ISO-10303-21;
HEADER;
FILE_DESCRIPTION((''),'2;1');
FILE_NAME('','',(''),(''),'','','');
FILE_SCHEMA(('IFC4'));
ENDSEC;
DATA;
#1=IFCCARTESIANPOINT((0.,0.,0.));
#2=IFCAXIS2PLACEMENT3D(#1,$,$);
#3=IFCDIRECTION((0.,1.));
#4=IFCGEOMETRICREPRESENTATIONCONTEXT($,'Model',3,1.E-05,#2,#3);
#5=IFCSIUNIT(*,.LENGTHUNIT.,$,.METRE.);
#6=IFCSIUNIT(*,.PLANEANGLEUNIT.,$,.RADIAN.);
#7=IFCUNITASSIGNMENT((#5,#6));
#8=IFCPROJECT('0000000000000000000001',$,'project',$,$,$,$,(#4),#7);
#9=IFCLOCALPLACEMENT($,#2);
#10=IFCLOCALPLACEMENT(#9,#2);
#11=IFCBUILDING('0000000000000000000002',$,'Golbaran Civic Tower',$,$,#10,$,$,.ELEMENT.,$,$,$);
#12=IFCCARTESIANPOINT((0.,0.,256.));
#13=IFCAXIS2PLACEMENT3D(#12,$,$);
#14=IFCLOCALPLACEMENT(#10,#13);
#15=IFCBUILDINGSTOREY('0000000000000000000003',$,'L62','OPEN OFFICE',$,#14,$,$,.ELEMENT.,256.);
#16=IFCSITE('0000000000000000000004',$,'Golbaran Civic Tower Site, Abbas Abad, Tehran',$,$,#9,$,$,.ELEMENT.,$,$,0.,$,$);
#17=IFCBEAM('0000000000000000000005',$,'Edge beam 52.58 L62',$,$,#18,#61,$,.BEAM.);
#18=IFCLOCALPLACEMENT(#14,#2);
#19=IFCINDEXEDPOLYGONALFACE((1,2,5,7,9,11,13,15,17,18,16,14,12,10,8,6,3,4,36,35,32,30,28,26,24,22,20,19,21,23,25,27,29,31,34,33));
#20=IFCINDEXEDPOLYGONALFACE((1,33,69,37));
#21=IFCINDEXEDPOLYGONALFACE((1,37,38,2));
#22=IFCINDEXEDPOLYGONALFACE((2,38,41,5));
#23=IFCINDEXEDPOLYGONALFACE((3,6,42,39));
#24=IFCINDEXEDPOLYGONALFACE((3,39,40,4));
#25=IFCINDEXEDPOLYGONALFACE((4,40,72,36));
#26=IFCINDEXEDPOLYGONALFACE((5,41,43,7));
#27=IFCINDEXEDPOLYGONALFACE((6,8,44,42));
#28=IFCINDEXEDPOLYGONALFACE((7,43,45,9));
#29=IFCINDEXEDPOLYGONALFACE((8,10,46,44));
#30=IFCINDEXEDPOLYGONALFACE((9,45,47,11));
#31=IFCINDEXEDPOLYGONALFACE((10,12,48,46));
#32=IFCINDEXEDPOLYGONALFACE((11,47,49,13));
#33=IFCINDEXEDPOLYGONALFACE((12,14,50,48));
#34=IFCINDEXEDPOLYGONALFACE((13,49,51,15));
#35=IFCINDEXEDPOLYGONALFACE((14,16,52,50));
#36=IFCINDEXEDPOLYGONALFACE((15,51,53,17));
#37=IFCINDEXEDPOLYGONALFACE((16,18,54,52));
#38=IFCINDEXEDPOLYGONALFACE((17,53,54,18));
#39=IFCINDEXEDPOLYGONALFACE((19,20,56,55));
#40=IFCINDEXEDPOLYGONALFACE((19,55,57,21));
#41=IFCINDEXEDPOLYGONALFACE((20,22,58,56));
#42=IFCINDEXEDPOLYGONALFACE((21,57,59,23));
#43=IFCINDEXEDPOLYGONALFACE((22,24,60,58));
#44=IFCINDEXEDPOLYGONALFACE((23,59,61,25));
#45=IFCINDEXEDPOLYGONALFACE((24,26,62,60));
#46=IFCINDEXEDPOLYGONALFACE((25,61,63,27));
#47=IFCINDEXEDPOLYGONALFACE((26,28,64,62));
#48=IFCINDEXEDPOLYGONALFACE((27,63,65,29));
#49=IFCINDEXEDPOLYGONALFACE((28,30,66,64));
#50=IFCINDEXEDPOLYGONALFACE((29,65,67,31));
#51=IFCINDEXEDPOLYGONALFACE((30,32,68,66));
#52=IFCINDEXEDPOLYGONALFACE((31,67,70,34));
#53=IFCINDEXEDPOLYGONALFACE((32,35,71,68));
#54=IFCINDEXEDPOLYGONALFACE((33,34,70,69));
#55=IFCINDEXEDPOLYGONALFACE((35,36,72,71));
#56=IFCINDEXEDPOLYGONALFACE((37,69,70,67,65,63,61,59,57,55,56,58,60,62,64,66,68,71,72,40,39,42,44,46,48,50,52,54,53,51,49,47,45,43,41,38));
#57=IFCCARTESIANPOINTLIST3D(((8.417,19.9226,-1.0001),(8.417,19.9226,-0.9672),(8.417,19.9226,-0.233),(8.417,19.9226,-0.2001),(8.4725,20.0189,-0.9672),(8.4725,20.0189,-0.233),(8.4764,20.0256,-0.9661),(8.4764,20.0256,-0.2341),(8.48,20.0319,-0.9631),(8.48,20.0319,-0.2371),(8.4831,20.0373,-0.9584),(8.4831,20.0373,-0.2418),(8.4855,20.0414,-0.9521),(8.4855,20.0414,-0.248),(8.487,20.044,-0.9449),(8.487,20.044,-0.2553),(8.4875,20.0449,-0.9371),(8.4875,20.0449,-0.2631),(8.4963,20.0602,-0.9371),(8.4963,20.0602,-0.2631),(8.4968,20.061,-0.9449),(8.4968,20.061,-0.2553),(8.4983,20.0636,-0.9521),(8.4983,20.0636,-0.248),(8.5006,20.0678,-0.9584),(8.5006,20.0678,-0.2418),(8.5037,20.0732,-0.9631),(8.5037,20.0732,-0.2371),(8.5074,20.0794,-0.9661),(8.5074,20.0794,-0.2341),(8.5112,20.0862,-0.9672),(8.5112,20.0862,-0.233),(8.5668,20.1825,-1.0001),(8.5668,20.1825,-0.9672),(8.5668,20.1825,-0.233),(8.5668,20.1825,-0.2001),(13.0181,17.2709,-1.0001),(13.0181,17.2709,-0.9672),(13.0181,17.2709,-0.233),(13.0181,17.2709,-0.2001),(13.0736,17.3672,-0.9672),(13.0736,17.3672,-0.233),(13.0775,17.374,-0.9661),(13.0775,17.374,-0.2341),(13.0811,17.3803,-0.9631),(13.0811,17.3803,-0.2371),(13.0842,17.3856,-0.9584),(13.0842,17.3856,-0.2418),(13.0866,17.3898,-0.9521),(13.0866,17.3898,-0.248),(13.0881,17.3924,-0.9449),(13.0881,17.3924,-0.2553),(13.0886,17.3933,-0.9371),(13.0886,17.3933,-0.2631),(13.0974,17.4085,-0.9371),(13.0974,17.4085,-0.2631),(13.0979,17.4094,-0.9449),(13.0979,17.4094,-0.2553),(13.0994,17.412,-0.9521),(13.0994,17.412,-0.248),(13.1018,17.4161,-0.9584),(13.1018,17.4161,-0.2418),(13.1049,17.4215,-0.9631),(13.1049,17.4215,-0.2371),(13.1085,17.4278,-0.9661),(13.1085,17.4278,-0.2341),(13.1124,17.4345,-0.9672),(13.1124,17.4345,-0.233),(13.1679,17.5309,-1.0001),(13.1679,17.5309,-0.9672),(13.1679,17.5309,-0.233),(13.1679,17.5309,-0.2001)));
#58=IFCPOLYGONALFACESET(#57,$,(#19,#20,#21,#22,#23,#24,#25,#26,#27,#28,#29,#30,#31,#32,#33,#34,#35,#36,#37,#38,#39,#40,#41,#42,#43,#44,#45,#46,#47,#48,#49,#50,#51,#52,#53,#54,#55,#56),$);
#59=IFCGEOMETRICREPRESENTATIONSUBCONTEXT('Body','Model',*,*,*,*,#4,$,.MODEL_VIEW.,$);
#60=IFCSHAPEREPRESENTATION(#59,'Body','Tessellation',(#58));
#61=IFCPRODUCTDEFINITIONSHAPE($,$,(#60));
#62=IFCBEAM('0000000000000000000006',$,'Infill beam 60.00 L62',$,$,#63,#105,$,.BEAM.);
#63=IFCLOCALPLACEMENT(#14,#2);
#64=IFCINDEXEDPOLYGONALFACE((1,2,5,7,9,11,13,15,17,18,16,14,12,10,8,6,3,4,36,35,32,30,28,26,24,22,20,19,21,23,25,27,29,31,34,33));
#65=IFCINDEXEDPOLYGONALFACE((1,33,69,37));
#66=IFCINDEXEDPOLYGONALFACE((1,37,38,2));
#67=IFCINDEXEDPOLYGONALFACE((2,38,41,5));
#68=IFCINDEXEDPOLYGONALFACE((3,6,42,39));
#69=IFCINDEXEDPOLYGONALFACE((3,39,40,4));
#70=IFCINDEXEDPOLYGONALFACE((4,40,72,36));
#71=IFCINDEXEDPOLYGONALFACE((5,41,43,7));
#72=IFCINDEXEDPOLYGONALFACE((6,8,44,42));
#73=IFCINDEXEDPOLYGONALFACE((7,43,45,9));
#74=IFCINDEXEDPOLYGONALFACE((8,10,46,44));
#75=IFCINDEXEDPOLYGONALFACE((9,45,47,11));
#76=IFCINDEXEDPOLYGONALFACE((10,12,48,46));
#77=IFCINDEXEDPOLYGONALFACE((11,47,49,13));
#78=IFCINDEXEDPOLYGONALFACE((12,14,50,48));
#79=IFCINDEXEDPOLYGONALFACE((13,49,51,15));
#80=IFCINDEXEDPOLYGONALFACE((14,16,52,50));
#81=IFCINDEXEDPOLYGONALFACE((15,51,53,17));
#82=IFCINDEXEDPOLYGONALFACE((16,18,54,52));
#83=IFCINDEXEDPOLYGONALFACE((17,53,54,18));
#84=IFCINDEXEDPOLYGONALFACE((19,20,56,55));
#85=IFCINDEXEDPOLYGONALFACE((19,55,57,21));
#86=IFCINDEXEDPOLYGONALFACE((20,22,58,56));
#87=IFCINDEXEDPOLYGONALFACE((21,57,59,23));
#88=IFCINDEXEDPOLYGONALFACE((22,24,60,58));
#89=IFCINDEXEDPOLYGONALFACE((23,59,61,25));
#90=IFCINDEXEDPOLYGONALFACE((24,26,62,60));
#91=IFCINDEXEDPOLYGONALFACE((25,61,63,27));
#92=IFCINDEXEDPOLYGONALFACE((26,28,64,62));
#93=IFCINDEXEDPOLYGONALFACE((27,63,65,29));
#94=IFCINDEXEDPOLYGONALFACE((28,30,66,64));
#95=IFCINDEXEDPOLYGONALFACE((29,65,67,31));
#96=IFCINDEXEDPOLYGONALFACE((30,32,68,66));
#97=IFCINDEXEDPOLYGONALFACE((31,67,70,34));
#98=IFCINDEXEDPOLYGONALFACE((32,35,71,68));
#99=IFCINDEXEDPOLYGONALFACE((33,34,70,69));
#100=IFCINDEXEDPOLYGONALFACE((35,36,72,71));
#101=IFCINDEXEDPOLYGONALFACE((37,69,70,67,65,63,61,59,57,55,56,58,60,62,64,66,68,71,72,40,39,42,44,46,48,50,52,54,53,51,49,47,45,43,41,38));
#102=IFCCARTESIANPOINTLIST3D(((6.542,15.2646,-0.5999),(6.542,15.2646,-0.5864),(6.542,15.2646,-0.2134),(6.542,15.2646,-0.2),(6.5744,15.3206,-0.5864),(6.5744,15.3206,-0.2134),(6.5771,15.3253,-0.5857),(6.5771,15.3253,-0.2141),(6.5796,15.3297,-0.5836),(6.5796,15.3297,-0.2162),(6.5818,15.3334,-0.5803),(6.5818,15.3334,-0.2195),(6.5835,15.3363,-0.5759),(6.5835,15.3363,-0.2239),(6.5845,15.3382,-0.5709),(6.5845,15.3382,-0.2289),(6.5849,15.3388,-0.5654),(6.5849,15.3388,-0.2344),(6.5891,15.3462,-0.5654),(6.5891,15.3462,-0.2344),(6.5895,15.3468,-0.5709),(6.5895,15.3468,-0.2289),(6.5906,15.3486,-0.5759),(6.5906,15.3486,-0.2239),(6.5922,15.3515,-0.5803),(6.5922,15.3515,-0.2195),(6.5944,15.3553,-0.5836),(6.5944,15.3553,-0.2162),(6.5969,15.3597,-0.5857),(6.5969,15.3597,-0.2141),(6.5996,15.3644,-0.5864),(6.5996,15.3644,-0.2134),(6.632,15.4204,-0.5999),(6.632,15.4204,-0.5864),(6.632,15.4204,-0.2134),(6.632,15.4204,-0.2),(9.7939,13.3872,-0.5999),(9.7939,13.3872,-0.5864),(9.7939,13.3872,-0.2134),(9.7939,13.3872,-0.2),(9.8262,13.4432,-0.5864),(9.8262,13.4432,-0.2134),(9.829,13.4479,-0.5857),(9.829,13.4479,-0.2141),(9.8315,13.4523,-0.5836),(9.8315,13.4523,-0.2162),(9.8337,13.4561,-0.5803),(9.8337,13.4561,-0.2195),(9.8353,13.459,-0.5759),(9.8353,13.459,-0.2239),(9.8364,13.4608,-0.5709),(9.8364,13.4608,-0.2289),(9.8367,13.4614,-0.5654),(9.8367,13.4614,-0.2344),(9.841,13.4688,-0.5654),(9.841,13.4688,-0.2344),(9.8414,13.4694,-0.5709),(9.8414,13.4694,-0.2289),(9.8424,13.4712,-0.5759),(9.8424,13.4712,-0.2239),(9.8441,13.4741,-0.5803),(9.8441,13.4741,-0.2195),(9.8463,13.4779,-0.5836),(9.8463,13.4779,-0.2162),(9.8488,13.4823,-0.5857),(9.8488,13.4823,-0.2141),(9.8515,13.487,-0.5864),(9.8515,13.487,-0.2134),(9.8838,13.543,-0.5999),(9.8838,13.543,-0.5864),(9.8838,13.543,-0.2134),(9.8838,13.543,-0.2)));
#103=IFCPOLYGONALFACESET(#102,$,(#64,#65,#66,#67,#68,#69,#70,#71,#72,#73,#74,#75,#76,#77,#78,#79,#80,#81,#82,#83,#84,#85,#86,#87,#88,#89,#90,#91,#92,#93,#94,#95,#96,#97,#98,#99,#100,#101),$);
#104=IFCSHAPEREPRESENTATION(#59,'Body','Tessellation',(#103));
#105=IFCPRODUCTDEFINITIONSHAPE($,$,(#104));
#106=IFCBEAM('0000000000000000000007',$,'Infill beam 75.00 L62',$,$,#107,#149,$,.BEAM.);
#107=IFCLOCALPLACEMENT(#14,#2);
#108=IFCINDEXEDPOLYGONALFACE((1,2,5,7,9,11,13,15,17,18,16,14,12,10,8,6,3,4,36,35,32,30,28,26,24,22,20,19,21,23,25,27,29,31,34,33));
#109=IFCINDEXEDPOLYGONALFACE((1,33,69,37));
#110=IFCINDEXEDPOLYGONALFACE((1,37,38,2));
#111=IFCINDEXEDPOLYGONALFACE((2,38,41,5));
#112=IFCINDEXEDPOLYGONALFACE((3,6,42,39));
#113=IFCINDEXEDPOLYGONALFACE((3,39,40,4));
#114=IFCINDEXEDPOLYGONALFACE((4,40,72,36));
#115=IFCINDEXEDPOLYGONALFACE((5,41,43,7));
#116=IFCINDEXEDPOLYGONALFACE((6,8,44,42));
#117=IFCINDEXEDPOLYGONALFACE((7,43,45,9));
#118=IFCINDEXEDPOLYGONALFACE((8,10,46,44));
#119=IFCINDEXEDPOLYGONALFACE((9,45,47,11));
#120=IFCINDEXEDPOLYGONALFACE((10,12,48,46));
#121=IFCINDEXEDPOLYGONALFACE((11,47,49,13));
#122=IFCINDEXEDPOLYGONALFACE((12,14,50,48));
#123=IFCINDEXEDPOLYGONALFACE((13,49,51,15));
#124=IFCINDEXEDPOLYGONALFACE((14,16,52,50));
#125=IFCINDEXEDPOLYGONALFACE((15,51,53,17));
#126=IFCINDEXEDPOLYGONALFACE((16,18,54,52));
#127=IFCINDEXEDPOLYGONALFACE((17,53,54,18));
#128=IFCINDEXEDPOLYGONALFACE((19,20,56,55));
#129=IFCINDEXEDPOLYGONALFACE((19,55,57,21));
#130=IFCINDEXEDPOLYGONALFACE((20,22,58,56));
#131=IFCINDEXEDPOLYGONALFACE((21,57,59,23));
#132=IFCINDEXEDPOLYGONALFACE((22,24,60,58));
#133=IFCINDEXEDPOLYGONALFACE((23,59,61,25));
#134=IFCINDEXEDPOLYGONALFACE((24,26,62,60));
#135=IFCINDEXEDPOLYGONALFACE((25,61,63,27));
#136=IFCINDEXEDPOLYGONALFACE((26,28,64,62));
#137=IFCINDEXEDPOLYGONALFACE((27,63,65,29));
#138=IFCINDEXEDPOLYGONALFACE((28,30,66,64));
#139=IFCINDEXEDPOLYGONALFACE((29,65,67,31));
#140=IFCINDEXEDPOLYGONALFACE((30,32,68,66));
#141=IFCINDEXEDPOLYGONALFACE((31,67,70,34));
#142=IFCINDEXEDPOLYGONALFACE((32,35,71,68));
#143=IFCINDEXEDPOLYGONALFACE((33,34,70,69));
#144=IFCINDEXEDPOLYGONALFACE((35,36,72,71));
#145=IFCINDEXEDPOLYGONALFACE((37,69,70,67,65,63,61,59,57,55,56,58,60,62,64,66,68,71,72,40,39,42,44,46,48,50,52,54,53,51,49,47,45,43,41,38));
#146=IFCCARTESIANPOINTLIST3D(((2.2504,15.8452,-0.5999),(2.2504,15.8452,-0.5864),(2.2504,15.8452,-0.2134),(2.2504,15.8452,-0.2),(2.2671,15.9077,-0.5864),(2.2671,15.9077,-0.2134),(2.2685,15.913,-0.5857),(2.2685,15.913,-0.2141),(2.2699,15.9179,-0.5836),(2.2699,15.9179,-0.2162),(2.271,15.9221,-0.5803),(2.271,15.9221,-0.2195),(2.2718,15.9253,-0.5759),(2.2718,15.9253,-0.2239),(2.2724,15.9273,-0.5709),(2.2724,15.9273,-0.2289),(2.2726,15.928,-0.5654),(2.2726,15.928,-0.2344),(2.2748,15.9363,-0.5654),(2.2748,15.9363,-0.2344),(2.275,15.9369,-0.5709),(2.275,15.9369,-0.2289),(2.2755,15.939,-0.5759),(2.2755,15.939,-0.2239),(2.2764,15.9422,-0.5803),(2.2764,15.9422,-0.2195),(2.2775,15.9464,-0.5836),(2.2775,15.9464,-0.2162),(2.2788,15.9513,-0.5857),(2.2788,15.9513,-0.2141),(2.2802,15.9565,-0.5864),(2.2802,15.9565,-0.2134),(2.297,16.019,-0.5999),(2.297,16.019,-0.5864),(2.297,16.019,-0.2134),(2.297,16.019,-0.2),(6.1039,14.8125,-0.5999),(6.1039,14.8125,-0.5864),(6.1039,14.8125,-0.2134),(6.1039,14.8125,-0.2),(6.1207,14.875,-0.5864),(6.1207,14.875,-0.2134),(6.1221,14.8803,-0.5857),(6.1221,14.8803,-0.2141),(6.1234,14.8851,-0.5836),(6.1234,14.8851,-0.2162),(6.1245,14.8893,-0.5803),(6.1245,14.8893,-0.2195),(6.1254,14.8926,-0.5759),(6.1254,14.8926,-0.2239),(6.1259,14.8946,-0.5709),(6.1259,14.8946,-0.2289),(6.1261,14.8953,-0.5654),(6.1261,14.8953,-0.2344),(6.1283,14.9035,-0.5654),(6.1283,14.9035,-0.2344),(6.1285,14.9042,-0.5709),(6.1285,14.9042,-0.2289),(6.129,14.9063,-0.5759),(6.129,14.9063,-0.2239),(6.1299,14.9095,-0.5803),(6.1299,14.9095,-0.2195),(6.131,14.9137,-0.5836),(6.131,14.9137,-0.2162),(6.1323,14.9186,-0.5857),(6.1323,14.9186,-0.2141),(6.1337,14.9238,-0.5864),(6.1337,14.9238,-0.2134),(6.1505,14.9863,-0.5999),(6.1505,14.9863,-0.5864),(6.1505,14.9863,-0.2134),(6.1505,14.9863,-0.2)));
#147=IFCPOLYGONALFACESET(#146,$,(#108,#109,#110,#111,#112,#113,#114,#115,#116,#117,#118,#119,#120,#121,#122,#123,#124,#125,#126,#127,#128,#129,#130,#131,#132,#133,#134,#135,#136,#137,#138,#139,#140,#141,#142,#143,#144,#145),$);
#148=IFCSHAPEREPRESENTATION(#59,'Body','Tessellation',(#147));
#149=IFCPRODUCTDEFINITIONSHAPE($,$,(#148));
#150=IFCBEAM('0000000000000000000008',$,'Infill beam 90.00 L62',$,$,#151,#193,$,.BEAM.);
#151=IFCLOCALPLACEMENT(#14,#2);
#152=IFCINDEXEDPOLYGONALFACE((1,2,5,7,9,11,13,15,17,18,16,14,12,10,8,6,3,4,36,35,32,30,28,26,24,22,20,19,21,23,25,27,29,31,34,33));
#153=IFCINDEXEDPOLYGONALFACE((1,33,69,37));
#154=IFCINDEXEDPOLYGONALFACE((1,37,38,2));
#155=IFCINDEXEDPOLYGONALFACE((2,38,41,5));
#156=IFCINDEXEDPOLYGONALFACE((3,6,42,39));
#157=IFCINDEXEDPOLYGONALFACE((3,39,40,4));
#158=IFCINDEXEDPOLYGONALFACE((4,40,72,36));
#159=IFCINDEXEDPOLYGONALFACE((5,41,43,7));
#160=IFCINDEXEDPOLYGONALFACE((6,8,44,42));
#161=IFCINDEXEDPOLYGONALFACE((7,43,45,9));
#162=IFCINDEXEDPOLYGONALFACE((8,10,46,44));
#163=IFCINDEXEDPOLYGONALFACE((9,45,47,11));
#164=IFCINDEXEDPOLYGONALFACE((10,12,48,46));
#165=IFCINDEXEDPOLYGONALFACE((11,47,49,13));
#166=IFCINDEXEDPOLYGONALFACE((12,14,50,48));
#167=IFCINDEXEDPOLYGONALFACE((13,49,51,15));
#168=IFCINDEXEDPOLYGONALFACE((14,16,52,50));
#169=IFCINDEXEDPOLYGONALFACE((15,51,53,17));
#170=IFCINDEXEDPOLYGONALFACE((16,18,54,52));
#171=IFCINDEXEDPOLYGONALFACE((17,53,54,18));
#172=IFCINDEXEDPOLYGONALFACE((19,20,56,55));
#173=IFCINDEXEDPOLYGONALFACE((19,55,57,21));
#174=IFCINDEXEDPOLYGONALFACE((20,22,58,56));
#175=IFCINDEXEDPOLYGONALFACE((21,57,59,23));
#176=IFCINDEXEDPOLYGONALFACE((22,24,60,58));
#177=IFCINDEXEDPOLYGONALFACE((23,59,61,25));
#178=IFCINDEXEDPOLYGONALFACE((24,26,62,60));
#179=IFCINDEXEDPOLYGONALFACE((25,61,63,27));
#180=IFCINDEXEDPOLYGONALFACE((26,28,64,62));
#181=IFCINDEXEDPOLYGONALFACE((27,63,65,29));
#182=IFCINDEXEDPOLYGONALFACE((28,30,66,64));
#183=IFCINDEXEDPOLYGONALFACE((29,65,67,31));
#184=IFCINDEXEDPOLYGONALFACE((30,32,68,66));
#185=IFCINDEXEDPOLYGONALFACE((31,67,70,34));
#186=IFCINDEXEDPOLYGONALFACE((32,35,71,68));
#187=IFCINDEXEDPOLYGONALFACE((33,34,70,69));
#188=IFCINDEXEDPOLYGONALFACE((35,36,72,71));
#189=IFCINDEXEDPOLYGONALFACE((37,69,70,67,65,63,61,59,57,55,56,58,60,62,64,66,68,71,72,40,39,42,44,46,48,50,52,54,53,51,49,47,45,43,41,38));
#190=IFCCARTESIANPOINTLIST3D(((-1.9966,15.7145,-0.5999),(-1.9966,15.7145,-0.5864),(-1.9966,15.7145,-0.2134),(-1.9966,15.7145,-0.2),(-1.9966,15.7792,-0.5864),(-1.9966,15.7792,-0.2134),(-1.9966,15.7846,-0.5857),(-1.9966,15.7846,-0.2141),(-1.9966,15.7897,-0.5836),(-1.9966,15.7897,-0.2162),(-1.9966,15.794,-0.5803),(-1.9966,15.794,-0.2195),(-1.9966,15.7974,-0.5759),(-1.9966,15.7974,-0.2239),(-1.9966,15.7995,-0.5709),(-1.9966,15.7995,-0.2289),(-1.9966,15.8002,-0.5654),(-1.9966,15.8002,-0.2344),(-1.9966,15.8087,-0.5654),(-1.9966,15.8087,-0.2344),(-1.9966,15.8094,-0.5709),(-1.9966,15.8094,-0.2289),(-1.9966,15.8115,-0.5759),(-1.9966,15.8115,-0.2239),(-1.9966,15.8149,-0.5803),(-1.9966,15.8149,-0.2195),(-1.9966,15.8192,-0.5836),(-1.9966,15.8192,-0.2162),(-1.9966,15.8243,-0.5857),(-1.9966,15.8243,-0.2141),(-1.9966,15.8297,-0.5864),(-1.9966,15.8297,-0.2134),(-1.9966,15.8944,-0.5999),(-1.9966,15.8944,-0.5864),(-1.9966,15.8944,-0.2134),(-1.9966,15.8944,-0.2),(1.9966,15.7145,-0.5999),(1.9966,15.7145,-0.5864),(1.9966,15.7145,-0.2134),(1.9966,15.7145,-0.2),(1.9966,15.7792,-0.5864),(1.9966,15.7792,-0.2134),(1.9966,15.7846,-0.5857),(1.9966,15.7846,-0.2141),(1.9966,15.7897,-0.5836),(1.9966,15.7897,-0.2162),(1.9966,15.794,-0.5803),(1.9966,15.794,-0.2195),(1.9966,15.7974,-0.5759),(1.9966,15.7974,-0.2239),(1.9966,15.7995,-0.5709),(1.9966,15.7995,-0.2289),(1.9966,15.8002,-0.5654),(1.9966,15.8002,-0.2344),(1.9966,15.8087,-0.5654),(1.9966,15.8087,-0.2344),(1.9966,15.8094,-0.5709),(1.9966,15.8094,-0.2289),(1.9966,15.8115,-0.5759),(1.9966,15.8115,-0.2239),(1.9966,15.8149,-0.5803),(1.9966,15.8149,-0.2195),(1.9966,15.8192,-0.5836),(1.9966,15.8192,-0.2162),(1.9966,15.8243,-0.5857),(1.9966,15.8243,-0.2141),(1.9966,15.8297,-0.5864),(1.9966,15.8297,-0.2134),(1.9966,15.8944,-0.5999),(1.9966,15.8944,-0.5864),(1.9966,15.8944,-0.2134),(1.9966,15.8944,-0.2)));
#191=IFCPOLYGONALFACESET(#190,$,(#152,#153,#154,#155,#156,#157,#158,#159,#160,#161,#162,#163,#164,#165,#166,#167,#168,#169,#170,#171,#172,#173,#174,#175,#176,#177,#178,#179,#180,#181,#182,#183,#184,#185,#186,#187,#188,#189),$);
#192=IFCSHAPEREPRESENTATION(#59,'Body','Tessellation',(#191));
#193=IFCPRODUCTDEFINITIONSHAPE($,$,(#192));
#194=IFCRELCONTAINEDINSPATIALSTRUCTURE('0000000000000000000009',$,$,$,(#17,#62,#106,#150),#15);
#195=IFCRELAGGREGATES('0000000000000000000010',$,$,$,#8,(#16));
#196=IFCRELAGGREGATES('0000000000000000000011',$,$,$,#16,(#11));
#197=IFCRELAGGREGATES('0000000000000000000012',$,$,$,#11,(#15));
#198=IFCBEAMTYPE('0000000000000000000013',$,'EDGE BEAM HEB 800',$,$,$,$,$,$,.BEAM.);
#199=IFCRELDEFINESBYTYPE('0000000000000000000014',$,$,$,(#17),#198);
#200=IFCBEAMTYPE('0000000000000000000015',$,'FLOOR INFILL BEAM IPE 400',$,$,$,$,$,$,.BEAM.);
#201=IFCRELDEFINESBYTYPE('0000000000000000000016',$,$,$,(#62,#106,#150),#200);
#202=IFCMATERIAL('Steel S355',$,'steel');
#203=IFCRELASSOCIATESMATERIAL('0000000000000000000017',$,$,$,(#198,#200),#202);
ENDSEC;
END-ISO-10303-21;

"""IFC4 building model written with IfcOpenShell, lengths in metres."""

from ifc_helpers import new_model, si_unit, direction, frame, origin, origin_2d, place, context, subcontext, project, spatial, i_section, extrude, material, material_profile, profile_set, type_object, element, save


model = new_model("IFC4")

# Units and contexts
model_context = context("Model", 3, precision=1e-05, world=origin(), true_north=direction((0.0, 1.0)))
body_context = subcontext(model_context, "Body", "Model", "MODEL_VIEW")
ifc_project = project(units=[si_unit("LENGTHUNIT", "METRE"), si_unit("PLANEANGLEUNIT", "RADIAN")], contexts=[model_context])

# Site, building, storey
site_placement = place(None, origin())
site = spatial("IfcSite", under=ifc_project, at=site_placement, Name="Golbaran Civic Tower Site, Abbas Abad, Tehran", CompositionType="ELEMENT", RefElevation=0.0)
building_placement = place(site_placement, origin())
building = spatial("IfcBuilding", under=site, at=building_placement, Name="Golbaran Civic Tower", CompositionType="ELEMENT")
storey_placement = place(building_placement, frame((0.0, 0.0, 256.0)))
storey = spatial("IfcBuildingStorey", under=building, at=storey_placement, Name="L62", Description="OPEN OFFICE", CompositionType="ELEMENT", Elevation=256.0)

# Beams
ifc_material_1 = material(Name="Steel S355", Category="steel")
ifc_material_profile_1 = material_profile(ifc_material_1, i_section(OverallWidth=0.3, OverallDepth=0.8, WebThickness=0.0176, FlangeThickness=0.033, FilletRadius=0.03, at=origin_2d()), Name="HEB 800")
ifc_profile_set_1 = profile_set([ifc_material_profile_1], Name="Steel S355")
beam_type_1 = type_object("IfcBeamType", Name="EDGE BEAM HEB 800", PredefinedType="BEAM", material=ifc_profile_set_1)
beam_1_placement = place(storey_placement, frame((13.093, 17.4009, -0.6001), z_axis=(-0.866418, 0.499319, 0.0), x_axis=(-0.499319, -0.866418, 0.0)))
element("IfcBeam", 1, at=beam_1_placement, inside=storey, type_object=beam_type_1, Name="Edge beam 52.58 L62", PredefinedType="BEAM", context=body_context, shape_type="SweptSolid", body=[
    extrude(i_section(OverallWidth=0.3, OverallDepth=0.8, WebThickness=0.0176, FlangeThickness=0.033, FilletRadius=0.03, at=origin_2d()), origin(), (0.0, 0.0, 1.0), 5.3105),
])
ifc_material_profile_2 = material_profile(ifc_material_1, i_section(OverallWidth=0.1799, OverallDepth=0.3999, WebThickness=0.0085, FlangeThickness=0.0134, FilletRadius=0.021, at=origin_2d()), Name="IPE 400")
ifc_profile_set_2 = profile_set([ifc_material_profile_2], Name="Steel S355")
beam_type_2 = type_object("IfcBeamType", Name="FLOOR INFILL BEAM IPE 400", PredefinedType="BEAM", material=ifc_profile_set_2)
beam_2_placement = place(storey_placement, frame((9.8389, 13.4651, -0.3999), z_axis=(-0.866034, 0.499985, 0.0), x_axis=(-0.499985, -0.866034, 0.0)))
element("IfcBeam", 2, at=beam_2_placement, inside=storey, type_object=beam_type_2, Name="Infill beam 60.00 L62", PredefinedType="BEAM", context=body_context, shape_type="SweptSolid", body=[
    extrude(i_section(OverallWidth=0.1799, OverallDepth=0.3999, WebThickness=0.0085, FlangeThickness=0.0134, FilletRadius=0.021, at=origin_2d()), origin(), (0.0, 0.0, 1.0), 3.7549),
])
beam_3_placement = place(storey_placement, frame((6.1272, 14.8994, -0.3999), z_axis=(-0.965915, 0.258858, 0.0), x_axis=(-0.258858, -0.965915, 0.0)))
element("IfcBeam", 3, at=beam_3_placement, inside=storey, type_object=beam_type_2, Name="Infill beam 75.00 L62", PredefinedType="BEAM", context=body_context, shape_type="SweptSolid", body=[
    extrude(i_section(OverallWidth=0.1799, OverallDepth=0.3999, WebThickness=0.0085, FlangeThickness=0.0134, FilletRadius=0.021, at=origin_2d()), origin(), (0.0, 0.0, 1.0), 3.9895),
])
beam_4_placement = place(storey_placement, frame((1.9966, 15.8044, -0.3999), z_axis=(-1.0, 0.0, 0.0), x_axis=(0.0, -1.0, 0.0)))
element("IfcBeam", 4, at=beam_4_placement, inside=storey, type_object=beam_type_2, Name="Infill beam 90.00 L62", PredefinedType="BEAM", context=body_context, shape_type="SweptSolid", body=[
    extrude(i_section(OverallWidth=0.1799, OverallDepth=0.3999, WebThickness=0.0085, FlangeThickness=0.0134, FilletRadius=0.021, at=origin_2d()), origin(), (0.0, 0.0, 1.0), 3.9932),
])

save(model, "model.ifc")
